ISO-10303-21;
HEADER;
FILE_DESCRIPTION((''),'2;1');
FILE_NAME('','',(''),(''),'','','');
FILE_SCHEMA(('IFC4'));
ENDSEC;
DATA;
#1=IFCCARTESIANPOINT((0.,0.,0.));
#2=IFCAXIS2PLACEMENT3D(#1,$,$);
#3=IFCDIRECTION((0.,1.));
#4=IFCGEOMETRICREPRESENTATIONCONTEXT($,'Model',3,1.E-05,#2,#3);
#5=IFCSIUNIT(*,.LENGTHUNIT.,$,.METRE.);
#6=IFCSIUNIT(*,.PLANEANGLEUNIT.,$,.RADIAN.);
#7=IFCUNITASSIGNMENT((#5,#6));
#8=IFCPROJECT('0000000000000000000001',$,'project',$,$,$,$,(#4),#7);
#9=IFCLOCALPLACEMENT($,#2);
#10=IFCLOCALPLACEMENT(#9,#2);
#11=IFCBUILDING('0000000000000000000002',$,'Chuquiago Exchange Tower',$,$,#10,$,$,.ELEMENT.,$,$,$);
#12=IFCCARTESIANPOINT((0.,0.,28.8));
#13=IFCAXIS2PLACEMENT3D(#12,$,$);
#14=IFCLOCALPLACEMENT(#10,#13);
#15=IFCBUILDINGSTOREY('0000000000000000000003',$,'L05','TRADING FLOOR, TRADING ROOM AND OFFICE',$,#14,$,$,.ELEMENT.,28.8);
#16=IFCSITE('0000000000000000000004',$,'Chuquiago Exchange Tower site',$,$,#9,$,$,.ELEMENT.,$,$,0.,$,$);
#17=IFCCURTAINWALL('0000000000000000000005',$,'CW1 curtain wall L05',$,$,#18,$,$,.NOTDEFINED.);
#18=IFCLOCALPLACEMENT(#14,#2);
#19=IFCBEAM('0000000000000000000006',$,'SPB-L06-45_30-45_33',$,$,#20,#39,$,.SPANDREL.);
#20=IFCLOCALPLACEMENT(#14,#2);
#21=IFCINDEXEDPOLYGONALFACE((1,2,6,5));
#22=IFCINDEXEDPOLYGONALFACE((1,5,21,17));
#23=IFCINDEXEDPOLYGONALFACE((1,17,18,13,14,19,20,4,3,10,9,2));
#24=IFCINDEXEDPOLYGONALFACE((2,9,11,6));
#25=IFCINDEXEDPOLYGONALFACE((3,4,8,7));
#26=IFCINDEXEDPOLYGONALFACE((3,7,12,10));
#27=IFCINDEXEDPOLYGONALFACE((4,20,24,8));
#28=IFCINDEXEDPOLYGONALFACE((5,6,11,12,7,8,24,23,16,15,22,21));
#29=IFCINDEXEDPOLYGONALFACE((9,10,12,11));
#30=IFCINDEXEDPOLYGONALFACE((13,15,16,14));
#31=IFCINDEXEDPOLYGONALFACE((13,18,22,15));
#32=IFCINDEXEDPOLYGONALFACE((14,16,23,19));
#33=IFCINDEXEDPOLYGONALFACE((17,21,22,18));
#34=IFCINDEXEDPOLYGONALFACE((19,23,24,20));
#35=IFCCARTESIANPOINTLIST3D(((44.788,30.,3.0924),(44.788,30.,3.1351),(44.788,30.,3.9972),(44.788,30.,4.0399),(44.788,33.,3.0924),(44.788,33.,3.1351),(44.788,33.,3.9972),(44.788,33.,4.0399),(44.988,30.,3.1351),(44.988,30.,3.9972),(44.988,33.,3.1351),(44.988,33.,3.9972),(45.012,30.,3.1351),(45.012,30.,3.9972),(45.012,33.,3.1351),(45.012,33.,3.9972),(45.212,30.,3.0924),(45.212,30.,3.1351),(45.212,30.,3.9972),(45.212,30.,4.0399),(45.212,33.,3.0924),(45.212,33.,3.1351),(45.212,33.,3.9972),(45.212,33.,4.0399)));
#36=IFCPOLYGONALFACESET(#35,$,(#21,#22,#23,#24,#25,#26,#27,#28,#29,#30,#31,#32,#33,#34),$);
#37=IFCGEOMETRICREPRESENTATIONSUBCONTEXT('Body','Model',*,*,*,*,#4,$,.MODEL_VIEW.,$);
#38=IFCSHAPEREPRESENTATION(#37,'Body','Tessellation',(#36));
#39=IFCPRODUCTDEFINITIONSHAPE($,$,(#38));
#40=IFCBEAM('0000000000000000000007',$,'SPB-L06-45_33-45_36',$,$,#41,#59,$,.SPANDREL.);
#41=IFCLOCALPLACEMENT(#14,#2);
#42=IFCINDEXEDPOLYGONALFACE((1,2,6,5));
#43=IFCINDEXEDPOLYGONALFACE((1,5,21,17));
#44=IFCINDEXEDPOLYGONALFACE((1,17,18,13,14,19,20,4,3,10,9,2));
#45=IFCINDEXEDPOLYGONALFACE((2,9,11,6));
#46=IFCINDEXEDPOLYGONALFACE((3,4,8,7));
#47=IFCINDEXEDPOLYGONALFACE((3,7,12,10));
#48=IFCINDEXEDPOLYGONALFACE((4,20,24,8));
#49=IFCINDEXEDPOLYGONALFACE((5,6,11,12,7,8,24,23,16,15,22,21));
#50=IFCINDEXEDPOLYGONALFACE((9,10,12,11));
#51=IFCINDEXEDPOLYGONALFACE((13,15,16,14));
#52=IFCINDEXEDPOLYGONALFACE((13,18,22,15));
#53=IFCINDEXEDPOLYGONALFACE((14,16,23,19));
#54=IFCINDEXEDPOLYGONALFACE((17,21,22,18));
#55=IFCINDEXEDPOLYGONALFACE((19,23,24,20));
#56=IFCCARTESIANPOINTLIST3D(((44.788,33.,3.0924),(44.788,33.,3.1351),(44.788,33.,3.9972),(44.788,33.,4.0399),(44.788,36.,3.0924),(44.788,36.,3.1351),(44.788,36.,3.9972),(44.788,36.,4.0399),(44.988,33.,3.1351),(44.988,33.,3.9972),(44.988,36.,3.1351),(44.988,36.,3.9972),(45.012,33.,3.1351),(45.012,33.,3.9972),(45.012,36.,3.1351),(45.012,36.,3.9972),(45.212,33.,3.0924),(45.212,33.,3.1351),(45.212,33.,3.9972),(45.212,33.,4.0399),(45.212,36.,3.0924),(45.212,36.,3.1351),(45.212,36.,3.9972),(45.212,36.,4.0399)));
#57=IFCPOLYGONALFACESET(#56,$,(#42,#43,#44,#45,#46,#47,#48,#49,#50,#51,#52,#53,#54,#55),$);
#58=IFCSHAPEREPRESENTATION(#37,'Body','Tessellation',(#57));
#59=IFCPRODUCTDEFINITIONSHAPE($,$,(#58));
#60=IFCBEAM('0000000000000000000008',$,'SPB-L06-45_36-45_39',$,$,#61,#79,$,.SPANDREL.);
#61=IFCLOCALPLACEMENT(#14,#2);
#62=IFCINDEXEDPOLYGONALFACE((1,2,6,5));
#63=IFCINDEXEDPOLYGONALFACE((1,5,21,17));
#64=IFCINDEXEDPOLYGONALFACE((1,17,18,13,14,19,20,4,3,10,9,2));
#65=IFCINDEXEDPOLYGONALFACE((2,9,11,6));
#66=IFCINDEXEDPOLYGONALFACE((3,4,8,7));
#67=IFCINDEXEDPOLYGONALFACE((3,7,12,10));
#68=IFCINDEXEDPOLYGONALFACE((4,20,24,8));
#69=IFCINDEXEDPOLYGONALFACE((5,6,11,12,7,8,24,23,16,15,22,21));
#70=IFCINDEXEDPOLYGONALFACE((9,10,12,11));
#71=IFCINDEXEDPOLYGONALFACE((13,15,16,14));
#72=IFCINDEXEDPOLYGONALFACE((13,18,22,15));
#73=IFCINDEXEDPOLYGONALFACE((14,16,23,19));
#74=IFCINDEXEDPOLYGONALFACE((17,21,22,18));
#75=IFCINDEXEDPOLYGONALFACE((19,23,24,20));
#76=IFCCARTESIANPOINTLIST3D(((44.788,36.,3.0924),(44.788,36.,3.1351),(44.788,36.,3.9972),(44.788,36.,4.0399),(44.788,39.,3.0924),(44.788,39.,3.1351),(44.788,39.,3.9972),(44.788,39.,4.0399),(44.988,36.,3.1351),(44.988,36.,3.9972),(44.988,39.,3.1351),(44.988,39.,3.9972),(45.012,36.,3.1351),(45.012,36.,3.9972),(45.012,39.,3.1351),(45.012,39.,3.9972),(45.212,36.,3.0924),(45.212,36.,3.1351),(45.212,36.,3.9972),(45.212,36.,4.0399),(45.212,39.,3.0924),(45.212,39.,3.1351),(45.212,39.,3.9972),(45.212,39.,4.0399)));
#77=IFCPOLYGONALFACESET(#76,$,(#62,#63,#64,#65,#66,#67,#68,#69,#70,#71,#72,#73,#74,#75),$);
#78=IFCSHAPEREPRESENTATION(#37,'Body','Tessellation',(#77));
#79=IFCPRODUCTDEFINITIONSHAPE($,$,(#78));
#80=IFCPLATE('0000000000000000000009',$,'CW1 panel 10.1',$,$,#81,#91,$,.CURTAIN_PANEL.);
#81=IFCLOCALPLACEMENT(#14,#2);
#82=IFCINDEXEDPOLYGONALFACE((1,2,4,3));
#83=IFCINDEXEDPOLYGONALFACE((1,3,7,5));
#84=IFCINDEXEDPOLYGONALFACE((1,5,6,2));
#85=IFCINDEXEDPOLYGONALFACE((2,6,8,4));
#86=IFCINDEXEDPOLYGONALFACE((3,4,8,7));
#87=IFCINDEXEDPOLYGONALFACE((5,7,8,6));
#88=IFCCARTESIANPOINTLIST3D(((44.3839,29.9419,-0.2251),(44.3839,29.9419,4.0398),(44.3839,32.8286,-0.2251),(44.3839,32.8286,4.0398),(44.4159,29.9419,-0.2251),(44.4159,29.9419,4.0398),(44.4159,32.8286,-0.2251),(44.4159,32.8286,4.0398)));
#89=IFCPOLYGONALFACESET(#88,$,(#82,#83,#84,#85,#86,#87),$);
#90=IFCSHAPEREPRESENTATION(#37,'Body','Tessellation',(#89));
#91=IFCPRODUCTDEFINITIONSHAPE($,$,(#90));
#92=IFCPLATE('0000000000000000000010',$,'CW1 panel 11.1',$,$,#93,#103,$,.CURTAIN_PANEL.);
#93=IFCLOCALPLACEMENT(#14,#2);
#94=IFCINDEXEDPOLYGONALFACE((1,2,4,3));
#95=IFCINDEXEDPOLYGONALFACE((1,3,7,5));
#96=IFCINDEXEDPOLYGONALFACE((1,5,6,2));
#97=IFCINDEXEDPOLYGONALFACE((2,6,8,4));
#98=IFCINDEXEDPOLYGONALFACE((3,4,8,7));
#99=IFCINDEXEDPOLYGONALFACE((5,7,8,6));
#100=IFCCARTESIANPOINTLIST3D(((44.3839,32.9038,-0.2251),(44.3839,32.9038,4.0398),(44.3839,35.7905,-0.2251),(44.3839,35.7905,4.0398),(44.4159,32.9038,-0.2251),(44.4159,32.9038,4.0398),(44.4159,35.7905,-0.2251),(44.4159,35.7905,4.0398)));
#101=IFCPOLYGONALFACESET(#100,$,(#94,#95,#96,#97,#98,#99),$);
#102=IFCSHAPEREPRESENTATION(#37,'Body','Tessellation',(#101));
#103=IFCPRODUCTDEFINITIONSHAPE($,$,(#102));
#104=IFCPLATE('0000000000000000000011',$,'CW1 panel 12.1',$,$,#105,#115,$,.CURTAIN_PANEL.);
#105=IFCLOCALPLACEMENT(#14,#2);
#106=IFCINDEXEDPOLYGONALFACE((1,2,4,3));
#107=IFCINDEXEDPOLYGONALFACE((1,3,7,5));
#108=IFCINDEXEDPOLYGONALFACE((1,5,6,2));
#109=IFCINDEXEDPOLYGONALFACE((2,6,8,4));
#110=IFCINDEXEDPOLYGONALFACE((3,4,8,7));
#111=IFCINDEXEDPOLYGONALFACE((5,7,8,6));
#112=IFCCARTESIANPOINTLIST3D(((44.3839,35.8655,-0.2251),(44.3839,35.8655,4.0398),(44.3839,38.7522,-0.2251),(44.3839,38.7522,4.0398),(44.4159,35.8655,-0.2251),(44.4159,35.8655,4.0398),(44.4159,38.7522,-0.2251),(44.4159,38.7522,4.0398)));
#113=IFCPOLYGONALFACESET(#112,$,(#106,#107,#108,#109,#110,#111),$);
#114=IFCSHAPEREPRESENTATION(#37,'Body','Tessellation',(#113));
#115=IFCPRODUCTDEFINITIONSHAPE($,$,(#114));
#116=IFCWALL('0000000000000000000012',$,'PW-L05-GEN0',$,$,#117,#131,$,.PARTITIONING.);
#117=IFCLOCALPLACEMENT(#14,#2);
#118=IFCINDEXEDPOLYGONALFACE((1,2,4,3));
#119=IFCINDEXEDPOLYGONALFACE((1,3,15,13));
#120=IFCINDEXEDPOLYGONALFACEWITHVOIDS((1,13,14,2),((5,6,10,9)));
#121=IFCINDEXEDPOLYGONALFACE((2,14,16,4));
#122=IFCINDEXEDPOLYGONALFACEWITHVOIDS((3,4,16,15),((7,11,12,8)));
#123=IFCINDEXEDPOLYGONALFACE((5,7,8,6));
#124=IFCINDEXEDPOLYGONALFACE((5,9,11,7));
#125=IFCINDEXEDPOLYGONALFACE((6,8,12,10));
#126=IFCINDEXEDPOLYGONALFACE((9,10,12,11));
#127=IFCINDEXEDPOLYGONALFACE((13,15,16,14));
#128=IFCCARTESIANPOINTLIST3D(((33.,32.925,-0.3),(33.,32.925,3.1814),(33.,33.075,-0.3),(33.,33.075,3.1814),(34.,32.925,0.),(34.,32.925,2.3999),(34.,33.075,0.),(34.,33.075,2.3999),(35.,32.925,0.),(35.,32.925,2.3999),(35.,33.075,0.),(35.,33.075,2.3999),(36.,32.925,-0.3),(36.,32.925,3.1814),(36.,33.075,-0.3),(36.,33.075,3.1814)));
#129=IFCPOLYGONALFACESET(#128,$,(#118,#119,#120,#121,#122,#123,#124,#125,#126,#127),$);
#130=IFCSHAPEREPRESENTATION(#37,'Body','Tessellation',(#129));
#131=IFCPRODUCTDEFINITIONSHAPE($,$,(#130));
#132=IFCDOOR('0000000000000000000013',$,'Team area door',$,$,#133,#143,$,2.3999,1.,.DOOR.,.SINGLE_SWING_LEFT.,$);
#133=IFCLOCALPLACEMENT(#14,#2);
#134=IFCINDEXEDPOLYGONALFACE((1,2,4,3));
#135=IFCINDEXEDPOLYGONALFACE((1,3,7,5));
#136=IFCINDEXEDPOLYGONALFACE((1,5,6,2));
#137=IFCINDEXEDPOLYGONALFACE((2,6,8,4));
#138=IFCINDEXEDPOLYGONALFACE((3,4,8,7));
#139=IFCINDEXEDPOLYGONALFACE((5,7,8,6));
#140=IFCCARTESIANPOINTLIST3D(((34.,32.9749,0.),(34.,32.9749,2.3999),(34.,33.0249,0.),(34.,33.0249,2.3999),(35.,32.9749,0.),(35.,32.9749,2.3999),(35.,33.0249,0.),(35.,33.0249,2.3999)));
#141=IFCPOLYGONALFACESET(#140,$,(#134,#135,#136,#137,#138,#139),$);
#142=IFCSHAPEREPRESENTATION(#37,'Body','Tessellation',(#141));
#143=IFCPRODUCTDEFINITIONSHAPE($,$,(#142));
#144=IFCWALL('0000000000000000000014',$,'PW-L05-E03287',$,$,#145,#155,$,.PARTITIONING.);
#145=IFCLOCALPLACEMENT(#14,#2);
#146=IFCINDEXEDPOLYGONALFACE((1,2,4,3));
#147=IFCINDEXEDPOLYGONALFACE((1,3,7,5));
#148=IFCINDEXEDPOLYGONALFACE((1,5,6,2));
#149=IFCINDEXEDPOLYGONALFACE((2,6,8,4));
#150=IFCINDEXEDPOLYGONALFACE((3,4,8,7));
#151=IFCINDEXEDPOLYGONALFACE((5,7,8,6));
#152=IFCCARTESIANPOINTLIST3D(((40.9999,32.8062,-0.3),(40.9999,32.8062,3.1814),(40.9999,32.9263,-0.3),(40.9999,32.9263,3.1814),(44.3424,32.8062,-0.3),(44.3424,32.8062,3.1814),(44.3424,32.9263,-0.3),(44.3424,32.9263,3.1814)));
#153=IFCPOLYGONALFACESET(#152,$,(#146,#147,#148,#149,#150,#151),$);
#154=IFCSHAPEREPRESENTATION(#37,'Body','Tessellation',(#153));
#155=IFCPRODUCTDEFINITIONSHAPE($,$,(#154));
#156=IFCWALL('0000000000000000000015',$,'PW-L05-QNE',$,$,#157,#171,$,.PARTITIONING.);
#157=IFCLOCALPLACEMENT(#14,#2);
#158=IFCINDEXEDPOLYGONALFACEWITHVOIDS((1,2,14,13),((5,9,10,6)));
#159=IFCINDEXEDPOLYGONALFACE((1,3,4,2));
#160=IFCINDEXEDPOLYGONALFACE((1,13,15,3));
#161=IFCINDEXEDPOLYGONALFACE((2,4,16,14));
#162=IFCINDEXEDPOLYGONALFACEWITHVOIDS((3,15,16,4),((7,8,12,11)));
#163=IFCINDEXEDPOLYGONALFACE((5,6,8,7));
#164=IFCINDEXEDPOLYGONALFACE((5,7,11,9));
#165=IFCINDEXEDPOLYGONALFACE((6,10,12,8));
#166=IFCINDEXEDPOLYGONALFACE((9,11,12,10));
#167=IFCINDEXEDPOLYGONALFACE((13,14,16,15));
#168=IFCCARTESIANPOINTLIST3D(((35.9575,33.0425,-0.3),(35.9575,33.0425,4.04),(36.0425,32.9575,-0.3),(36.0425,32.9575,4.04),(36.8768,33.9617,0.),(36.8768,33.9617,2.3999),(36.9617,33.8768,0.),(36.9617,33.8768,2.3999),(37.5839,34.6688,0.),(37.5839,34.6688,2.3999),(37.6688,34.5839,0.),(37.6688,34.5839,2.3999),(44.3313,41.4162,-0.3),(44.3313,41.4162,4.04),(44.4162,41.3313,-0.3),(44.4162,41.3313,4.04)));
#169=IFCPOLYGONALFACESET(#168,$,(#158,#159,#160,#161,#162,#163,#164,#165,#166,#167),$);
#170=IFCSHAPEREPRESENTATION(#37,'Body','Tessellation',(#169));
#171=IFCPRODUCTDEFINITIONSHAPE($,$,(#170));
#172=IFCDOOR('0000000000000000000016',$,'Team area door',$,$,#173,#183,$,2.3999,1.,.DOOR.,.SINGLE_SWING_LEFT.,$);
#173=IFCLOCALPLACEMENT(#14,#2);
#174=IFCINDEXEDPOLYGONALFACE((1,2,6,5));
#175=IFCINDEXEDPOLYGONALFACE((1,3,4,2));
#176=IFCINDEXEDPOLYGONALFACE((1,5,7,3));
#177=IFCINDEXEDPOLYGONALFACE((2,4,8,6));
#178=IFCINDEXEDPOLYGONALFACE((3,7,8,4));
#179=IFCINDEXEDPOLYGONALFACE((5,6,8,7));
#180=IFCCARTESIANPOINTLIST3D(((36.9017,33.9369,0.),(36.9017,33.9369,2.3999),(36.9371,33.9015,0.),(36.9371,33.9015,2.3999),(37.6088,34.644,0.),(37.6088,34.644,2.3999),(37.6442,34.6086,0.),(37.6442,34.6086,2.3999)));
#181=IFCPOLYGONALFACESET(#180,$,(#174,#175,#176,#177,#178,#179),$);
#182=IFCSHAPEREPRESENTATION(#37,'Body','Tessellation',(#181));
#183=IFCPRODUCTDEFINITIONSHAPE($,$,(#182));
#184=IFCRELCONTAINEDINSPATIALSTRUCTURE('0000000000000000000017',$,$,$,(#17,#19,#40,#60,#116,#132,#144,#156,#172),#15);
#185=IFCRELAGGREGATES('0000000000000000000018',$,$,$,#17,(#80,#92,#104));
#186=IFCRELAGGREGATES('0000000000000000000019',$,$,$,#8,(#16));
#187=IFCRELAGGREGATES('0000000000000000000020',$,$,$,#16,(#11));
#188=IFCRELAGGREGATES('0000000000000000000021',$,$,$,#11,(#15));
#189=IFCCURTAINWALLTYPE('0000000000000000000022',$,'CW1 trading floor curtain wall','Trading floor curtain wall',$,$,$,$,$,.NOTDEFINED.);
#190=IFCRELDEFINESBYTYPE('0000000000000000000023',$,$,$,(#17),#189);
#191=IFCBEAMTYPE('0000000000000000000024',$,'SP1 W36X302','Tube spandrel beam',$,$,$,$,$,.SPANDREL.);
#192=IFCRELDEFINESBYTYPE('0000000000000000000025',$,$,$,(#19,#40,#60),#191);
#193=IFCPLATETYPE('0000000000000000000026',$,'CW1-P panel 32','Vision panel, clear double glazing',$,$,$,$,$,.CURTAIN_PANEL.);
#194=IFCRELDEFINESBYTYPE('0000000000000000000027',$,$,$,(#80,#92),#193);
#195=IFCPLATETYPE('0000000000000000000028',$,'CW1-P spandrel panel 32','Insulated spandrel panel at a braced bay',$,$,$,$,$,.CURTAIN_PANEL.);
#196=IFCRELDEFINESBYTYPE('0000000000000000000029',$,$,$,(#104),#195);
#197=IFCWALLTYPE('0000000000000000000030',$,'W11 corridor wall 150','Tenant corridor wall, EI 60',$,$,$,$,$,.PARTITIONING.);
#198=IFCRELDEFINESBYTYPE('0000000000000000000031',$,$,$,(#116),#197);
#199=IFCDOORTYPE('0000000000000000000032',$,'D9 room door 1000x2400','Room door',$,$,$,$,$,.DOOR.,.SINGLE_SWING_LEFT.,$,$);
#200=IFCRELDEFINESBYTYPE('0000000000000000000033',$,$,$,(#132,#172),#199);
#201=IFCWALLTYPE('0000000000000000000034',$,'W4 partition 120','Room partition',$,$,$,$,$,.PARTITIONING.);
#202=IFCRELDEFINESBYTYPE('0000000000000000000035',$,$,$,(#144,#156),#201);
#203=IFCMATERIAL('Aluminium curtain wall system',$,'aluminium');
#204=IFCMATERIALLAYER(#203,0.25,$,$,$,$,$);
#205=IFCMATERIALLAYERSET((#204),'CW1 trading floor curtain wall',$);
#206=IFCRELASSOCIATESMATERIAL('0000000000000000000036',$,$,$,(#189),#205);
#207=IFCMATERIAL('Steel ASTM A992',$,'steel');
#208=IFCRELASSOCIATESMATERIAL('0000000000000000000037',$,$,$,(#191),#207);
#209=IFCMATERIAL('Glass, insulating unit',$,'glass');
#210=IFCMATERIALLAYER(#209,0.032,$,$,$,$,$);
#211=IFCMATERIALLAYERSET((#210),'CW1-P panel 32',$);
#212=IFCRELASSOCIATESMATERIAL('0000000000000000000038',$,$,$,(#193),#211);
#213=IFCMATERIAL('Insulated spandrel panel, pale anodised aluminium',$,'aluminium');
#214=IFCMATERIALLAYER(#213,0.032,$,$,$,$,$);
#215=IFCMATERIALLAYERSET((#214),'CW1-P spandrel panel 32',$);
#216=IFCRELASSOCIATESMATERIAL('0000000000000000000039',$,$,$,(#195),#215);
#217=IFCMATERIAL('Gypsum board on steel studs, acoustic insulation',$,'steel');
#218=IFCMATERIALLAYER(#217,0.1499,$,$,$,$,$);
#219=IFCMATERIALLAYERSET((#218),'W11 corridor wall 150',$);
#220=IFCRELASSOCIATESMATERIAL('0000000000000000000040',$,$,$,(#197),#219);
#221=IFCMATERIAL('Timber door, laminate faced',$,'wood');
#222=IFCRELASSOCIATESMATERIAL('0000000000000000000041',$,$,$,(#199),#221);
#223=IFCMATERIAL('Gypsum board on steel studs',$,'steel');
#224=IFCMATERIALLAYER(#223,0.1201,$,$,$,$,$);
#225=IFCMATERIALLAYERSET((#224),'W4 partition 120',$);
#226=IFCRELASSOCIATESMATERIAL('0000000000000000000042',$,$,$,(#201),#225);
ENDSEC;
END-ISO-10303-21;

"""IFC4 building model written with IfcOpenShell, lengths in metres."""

from ifc_helpers import new_model, si_unit, direction, frame, frame_2d, origin, origin_2d, place, context, subcontext, project, spatial, rectangle, i_section, extrude, material, layer, layer_set, material_profile, profile_set, type_object, element, fill, aggregate, save


model = new_model("IFC4")

# Units and contexts
model_context = context("Model", 3, precision=1e-05, world=origin(), true_north=direction((0.0, 1.0)))
body_context = subcontext(model_context, "Body", "Model", "MODEL_VIEW")
ifc_project = project(units=[si_unit("LENGTHUNIT", "METRE"), si_unit("PLANEANGLEUNIT", "RADIAN")], contexts=[model_context])

# Site, building, storey
site_placement = place(None, origin())
site = spatial("IfcSite", under=ifc_project, at=site_placement, Name="Chuquiago Exchange Tower site", CompositionType="ELEMENT", RefElevation=0.0)
building_placement = place(site_placement, origin())
building = spatial("IfcBuilding", under=site, at=building_placement, Name="Chuquiago Exchange Tower", CompositionType="ELEMENT")
storey_placement = place(building_placement, frame((0.0, 0.0, 28.8)))
storey = spatial("IfcBuildingStorey", under=building, at=storey_placement, Name="L05", Description="TRADING FLOOR, TRADING ROOM AND OFFICE", CompositionType="ELEMENT", Elevation=28.8)

# Curtain wall
ifc_material_1 = material(Name="Aluminium curtain wall system", Category="aluminium")
ifc_layer_1 = layer(ifc_material_1, 0.25)
ifc_layer_set_1 = layer_set([ifc_layer_1], Name="CW1 trading floor curtain wall")
curtain_wall_type = type_object("IfcCurtainWallType", Name="CW1 trading floor curtain wall", Description="Trading floor curtain wall", PredefinedType="NOTDEFINED", material=ifc_layer_set_1)
curtain_wall_placement = place(storey_placement, origin())
curtain_wall = element("IfcCurtainWall", 1, at=curtain_wall_placement, inside=storey, type_object=curtain_wall_type, Name="CW1 curtain wall L05", PredefinedType="NOTDEFINED")

# Beams
ifc_material_2 = material(Name="Steel ASTM A992", Category="steel")
ifc_material_profile_1 = material_profile(ifc_material_2, i_section(OverallWidth=0.4241, OverallDepth=0.9475, WebThickness=0.0239, FlangeThickness=0.0427, at=origin_2d()), Name="W36X302")
ifc_profile_set_1 = profile_set([ifc_material_profile_1], Name="Steel ASTM A992")
beam_type_1 = type_object("IfcBeamType", Name="SP1 W36X302", Description="Tube spandrel beam", PredefinedType="SPANDREL", material=ifc_profile_set_1)
for number, where, z_axis, x_axis, name in (
    (2, (45.0, 30.0, 3.5662), (0.0, 1.0, 0.0), (-1.0, 0.0, 0.0), "SPB-L06-45_30-45_33"),
    (3, (45.0, 33.0, 3.5662), (0.0, 1.0, 0.0), (-1.0, 0.0, 0.0), "SPB-L06-45_33-45_36"),
    (4, (45.0, 36.0, 3.5662), (0.0, 1.0, 0.0), (-1.0, 0.0, 0.0), "SPB-L06-45_36-45_39"),
):
    element("IfcBeam", number, at=place(storey_placement, frame(where, z_axis=z_axis, x_axis=x_axis)), inside=storey, type_object=beam_type_1, Name=name, PredefinedType="SPANDREL", context=body_context, shape_type="SweptSolid", body=[
        extrude(i_section(OverallWidth=0.4241, OverallDepth=0.9475, WebThickness=0.0239, FlangeThickness=0.0427, at=origin_2d()), origin(), (0.0, 0.0, 1.0), 3.0),
    ])

# Plates
ifc_material_3 = material(Name="Glass, insulating unit", Category="glass")
ifc_layer_2 = layer(ifc_material_3, 0.032)
ifc_layer_set_2 = layer_set([ifc_layer_2], Name="CW1-P panel 32")
plate_type_1 = type_object("IfcPlateType", Name="CW1-P panel 32", Description="Vision panel, clear double glazing", PredefinedType="CURTAIN_PANEL", material=ifc_layer_set_2)
plate_1_placement = place(storey_placement, frame((44.3999, 31.3853, -0.2251), z_axis=(0.0, 0.0, 1.0), x_axis=(0.0, 1.0, 0.0)))
plate_1 = element("IfcPlate", 5, at=plate_1_placement, type_object=plate_type_1, Name="CW1 panel 10.1", PredefinedType="CURTAIN_PANEL", context=body_context, shape_type="SweptSolid", body=[
    extrude(rectangle(XDim=2.8867, YDim=0.032, at=origin_2d()), origin(), (0.0, 0.0, 1.0), 4.2649),
])
plate_2_placement = place(storey_placement, frame((44.3999, 34.3472, -0.2251), z_axis=(0.0, 0.0, 1.0), x_axis=(0.0, 1.0, 0.0)))
plate_2 = element("IfcPlate", 6, at=plate_2_placement, type_object=plate_type_1, Name="CW1 panel 11.1", PredefinedType="CURTAIN_PANEL", context=body_context, shape_type="SweptSolid", body=[
    extrude(rectangle(XDim=2.8867, YDim=0.032, at=origin_2d()), origin(), (0.0, 0.0, 1.0), 4.2649),
])
ifc_material_4 = material(Name="Insulated spandrel panel, pale anodised aluminium", Category="aluminium")
ifc_layer_3 = layer(ifc_material_4, 0.032)
ifc_layer_set_3 = layer_set([ifc_layer_3], Name="CW1-P spandrel panel 32")
plate_type_2 = type_object("IfcPlateType", Name="CW1-P spandrel panel 32", Description="Insulated spandrel panel at a braced bay", PredefinedType="CURTAIN_PANEL", material=ifc_layer_set_3)
plate_3_placement = place(storey_placement, frame((44.3999, 37.3088, -0.2251), z_axis=(0.0, 0.0, 1.0), x_axis=(0.0, 1.0, 0.0)))
plate_3 = element("IfcPlate", 7, at=plate_3_placement, type_object=plate_type_2, Name="CW1 panel 12.1", PredefinedType="CURTAIN_PANEL", context=body_context, shape_type="SweptSolid", body=[
    extrude(rectangle(XDim=2.8867, YDim=0.032, at=origin_2d()), origin(), (0.0, 0.0, 1.0), 4.2649),
])
aggregate(curtain_wall, [plate_1, plate_2, plate_3])

# Wall, opening, door
ifc_material_5 = material(Name="Gypsum board on steel studs, acoustic insulation", Category="steel")
ifc_layer_4 = layer(ifc_material_5, 0.1499)
ifc_layer_set_4 = layer_set([ifc_layer_4], Name="W11 corridor wall 150")
wall_type_1 = type_object("IfcWallType", Name="W11 corridor wall 150", Description="Tenant corridor wall, EI 60", PredefinedType="PARTITIONING", material=ifc_layer_set_4)
wall_1_placement = place(storey_placement, frame((33.0, 33.0, -0.3), z_axis=(0.0, 0.0, 1.0), x_axis=(1.0, 0.0, 0.0)))
wall_1 = element("IfcWall", 8, at=wall_1_placement, inside=storey, type_object=wall_type_1, Name="PW-L05-GEN0", PredefinedType="PARTITIONING", context=body_context, shape_type="SweptSolid", body=[
    extrude(rectangle(XDim=3.0, YDim=0.1499, at=frame_2d((1.5, 0.0))), origin(), (0.0, 0.0, 1.0), 3.4814),
])
opening_1_placement = place(wall_1_placement, frame((1.0, 0.0, 0.3)))
opening_1 = element("IfcOpeningElement", 9, at=opening_1_placement, cuts=wall_1, PredefinedType="OPENING", context=body_context, shape_type="SweptSolid", body=[
    extrude(rectangle(XDim=1.0, YDim=2.3999, at=frame_2d((0.5, 1.2))), frame((0.0, 0.085, 0.0), z_axis=(0.0, -1.0, 0.0), x_axis=(1.0, 0.0, 0.0)), (0.0, 0.0, 1.0), 0.1699),
])
ifc_material_6 = material(Name="Timber door, laminate faced", Category="wood")
door_type = type_object("IfcDoorType", Name="D9 room door 1000x2400", Description="Room door", OperationType="SINGLE_SWING_LEFT", PredefinedType="DOOR", material=ifc_material_6)
door_1_placement = place(opening_1_placement, origin())
door_1 = element("IfcDoor", 10, at=door_1_placement, inside=storey, type_object=door_type, Name="Team area door", OperationType="SINGLE_SWING_LEFT", OverallHeight=2.3999, OverallWidth=1.0, PredefinedType="DOOR", context=body_context, shape_type="SweptSolid", body=[
    extrude(rectangle(XDim=1.0, YDim=2.3999, at=frame_2d((0.5, 1.2))), frame((0.0, 0.0249, 0.0), z_axis=(0.0, -1.0, 0.0), x_axis=(1.0, 0.0, 0.0)), (0.0, 0.0, 1.0), 0.05),
])
fill(opening_1, door_1)

# Wall
ifc_material_7 = material(Name="Gypsum board on steel studs", Category="steel")
ifc_layer_5 = layer(ifc_material_7, 0.1201)
ifc_layer_set_5 = layer_set([ifc_layer_5], Name="W4 partition 120")
wall_type_2 = type_object("IfcWallType", Name="W4 partition 120", Description="Room partition", PredefinedType="PARTITIONING", material=ifc_layer_set_5)
wall_2_placement = place(storey_placement, frame((44.3425, 32.8662, -0.3), z_axis=(0.0, 0.0, 1.0), x_axis=(-1.0, 0.0, 0.0)))
element("IfcWall", 11, at=wall_2_placement, inside=storey, type_object=wall_type_2, Name="PW-L05-E03287", PredefinedType="PARTITIONING", context=body_context, shape_type="SweptSolid", body=[
    extrude(rectangle(XDim=3.3425, YDim=0.1201, at=frame_2d((1.6714, 0.0))), origin(), (0.0, 0.0, 1.0), 3.4814),
])

# Wall, opening, door
wall_3_placement = place(storey_placement, frame((36.0, 33.0, -0.3), z_axis=(0.0, 0.0, 1.0), x_axis=(0.707107, 0.707107, 0.0)))
wall_3 = element("IfcWall", 12, at=wall_3_placement, inside=storey, type_object=wall_type_2, Name="PW-L05-QNE", PredefinedType="PARTITIONING", context=body_context, shape_type="SweptSolid", body=[
    extrude(rectangle(XDim=11.8423, YDim=0.1201, at=frame_2d((5.9211, 0.0))), origin(), (0.0, 0.0, 1.0), 4.3401),
])
opening_2_placement = place(wall_3_placement, frame((1.3, 0.0, 0.3)))
opening_2 = element("IfcOpeningElement", 13, at=opening_2_placement, cuts=wall_3, PredefinedType="OPENING", context=body_context, shape_type="SweptSolid", body=[
    extrude(rectangle(XDim=1.0, YDim=2.3999, at=frame_2d((0.5, 1.2))), frame((0.0, 0.0701, 0.0), z_axis=(0.0, -1.0, 0.0), x_axis=(1.0, 0.0, 0.0)), (0.0, 0.0, 1.0), 0.1401),
])
door_2_placement = place(opening_2_placement, origin())
door_2 = element("IfcDoor", 14, at=door_2_placement, inside=storey, type_object=door_type, Name="Team area door", OperationType="SINGLE_SWING_LEFT", OverallHeight=2.3999, OverallWidth=1.0, PredefinedType="DOOR", context=body_context, shape_type="SweptSolid", body=[
    extrude(rectangle(XDim=1.0, YDim=2.3999, at=frame_2d((0.5, 1.2))), frame((0.0, 0.0249, 0.0), z_axis=(0.0, -1.0, 0.0), x_axis=(1.0, 0.0, 0.0)), (0.0, 0.0, 1.0), 0.05),
])
fill(opening_2, door_2)

save(model, "model.ifc")
